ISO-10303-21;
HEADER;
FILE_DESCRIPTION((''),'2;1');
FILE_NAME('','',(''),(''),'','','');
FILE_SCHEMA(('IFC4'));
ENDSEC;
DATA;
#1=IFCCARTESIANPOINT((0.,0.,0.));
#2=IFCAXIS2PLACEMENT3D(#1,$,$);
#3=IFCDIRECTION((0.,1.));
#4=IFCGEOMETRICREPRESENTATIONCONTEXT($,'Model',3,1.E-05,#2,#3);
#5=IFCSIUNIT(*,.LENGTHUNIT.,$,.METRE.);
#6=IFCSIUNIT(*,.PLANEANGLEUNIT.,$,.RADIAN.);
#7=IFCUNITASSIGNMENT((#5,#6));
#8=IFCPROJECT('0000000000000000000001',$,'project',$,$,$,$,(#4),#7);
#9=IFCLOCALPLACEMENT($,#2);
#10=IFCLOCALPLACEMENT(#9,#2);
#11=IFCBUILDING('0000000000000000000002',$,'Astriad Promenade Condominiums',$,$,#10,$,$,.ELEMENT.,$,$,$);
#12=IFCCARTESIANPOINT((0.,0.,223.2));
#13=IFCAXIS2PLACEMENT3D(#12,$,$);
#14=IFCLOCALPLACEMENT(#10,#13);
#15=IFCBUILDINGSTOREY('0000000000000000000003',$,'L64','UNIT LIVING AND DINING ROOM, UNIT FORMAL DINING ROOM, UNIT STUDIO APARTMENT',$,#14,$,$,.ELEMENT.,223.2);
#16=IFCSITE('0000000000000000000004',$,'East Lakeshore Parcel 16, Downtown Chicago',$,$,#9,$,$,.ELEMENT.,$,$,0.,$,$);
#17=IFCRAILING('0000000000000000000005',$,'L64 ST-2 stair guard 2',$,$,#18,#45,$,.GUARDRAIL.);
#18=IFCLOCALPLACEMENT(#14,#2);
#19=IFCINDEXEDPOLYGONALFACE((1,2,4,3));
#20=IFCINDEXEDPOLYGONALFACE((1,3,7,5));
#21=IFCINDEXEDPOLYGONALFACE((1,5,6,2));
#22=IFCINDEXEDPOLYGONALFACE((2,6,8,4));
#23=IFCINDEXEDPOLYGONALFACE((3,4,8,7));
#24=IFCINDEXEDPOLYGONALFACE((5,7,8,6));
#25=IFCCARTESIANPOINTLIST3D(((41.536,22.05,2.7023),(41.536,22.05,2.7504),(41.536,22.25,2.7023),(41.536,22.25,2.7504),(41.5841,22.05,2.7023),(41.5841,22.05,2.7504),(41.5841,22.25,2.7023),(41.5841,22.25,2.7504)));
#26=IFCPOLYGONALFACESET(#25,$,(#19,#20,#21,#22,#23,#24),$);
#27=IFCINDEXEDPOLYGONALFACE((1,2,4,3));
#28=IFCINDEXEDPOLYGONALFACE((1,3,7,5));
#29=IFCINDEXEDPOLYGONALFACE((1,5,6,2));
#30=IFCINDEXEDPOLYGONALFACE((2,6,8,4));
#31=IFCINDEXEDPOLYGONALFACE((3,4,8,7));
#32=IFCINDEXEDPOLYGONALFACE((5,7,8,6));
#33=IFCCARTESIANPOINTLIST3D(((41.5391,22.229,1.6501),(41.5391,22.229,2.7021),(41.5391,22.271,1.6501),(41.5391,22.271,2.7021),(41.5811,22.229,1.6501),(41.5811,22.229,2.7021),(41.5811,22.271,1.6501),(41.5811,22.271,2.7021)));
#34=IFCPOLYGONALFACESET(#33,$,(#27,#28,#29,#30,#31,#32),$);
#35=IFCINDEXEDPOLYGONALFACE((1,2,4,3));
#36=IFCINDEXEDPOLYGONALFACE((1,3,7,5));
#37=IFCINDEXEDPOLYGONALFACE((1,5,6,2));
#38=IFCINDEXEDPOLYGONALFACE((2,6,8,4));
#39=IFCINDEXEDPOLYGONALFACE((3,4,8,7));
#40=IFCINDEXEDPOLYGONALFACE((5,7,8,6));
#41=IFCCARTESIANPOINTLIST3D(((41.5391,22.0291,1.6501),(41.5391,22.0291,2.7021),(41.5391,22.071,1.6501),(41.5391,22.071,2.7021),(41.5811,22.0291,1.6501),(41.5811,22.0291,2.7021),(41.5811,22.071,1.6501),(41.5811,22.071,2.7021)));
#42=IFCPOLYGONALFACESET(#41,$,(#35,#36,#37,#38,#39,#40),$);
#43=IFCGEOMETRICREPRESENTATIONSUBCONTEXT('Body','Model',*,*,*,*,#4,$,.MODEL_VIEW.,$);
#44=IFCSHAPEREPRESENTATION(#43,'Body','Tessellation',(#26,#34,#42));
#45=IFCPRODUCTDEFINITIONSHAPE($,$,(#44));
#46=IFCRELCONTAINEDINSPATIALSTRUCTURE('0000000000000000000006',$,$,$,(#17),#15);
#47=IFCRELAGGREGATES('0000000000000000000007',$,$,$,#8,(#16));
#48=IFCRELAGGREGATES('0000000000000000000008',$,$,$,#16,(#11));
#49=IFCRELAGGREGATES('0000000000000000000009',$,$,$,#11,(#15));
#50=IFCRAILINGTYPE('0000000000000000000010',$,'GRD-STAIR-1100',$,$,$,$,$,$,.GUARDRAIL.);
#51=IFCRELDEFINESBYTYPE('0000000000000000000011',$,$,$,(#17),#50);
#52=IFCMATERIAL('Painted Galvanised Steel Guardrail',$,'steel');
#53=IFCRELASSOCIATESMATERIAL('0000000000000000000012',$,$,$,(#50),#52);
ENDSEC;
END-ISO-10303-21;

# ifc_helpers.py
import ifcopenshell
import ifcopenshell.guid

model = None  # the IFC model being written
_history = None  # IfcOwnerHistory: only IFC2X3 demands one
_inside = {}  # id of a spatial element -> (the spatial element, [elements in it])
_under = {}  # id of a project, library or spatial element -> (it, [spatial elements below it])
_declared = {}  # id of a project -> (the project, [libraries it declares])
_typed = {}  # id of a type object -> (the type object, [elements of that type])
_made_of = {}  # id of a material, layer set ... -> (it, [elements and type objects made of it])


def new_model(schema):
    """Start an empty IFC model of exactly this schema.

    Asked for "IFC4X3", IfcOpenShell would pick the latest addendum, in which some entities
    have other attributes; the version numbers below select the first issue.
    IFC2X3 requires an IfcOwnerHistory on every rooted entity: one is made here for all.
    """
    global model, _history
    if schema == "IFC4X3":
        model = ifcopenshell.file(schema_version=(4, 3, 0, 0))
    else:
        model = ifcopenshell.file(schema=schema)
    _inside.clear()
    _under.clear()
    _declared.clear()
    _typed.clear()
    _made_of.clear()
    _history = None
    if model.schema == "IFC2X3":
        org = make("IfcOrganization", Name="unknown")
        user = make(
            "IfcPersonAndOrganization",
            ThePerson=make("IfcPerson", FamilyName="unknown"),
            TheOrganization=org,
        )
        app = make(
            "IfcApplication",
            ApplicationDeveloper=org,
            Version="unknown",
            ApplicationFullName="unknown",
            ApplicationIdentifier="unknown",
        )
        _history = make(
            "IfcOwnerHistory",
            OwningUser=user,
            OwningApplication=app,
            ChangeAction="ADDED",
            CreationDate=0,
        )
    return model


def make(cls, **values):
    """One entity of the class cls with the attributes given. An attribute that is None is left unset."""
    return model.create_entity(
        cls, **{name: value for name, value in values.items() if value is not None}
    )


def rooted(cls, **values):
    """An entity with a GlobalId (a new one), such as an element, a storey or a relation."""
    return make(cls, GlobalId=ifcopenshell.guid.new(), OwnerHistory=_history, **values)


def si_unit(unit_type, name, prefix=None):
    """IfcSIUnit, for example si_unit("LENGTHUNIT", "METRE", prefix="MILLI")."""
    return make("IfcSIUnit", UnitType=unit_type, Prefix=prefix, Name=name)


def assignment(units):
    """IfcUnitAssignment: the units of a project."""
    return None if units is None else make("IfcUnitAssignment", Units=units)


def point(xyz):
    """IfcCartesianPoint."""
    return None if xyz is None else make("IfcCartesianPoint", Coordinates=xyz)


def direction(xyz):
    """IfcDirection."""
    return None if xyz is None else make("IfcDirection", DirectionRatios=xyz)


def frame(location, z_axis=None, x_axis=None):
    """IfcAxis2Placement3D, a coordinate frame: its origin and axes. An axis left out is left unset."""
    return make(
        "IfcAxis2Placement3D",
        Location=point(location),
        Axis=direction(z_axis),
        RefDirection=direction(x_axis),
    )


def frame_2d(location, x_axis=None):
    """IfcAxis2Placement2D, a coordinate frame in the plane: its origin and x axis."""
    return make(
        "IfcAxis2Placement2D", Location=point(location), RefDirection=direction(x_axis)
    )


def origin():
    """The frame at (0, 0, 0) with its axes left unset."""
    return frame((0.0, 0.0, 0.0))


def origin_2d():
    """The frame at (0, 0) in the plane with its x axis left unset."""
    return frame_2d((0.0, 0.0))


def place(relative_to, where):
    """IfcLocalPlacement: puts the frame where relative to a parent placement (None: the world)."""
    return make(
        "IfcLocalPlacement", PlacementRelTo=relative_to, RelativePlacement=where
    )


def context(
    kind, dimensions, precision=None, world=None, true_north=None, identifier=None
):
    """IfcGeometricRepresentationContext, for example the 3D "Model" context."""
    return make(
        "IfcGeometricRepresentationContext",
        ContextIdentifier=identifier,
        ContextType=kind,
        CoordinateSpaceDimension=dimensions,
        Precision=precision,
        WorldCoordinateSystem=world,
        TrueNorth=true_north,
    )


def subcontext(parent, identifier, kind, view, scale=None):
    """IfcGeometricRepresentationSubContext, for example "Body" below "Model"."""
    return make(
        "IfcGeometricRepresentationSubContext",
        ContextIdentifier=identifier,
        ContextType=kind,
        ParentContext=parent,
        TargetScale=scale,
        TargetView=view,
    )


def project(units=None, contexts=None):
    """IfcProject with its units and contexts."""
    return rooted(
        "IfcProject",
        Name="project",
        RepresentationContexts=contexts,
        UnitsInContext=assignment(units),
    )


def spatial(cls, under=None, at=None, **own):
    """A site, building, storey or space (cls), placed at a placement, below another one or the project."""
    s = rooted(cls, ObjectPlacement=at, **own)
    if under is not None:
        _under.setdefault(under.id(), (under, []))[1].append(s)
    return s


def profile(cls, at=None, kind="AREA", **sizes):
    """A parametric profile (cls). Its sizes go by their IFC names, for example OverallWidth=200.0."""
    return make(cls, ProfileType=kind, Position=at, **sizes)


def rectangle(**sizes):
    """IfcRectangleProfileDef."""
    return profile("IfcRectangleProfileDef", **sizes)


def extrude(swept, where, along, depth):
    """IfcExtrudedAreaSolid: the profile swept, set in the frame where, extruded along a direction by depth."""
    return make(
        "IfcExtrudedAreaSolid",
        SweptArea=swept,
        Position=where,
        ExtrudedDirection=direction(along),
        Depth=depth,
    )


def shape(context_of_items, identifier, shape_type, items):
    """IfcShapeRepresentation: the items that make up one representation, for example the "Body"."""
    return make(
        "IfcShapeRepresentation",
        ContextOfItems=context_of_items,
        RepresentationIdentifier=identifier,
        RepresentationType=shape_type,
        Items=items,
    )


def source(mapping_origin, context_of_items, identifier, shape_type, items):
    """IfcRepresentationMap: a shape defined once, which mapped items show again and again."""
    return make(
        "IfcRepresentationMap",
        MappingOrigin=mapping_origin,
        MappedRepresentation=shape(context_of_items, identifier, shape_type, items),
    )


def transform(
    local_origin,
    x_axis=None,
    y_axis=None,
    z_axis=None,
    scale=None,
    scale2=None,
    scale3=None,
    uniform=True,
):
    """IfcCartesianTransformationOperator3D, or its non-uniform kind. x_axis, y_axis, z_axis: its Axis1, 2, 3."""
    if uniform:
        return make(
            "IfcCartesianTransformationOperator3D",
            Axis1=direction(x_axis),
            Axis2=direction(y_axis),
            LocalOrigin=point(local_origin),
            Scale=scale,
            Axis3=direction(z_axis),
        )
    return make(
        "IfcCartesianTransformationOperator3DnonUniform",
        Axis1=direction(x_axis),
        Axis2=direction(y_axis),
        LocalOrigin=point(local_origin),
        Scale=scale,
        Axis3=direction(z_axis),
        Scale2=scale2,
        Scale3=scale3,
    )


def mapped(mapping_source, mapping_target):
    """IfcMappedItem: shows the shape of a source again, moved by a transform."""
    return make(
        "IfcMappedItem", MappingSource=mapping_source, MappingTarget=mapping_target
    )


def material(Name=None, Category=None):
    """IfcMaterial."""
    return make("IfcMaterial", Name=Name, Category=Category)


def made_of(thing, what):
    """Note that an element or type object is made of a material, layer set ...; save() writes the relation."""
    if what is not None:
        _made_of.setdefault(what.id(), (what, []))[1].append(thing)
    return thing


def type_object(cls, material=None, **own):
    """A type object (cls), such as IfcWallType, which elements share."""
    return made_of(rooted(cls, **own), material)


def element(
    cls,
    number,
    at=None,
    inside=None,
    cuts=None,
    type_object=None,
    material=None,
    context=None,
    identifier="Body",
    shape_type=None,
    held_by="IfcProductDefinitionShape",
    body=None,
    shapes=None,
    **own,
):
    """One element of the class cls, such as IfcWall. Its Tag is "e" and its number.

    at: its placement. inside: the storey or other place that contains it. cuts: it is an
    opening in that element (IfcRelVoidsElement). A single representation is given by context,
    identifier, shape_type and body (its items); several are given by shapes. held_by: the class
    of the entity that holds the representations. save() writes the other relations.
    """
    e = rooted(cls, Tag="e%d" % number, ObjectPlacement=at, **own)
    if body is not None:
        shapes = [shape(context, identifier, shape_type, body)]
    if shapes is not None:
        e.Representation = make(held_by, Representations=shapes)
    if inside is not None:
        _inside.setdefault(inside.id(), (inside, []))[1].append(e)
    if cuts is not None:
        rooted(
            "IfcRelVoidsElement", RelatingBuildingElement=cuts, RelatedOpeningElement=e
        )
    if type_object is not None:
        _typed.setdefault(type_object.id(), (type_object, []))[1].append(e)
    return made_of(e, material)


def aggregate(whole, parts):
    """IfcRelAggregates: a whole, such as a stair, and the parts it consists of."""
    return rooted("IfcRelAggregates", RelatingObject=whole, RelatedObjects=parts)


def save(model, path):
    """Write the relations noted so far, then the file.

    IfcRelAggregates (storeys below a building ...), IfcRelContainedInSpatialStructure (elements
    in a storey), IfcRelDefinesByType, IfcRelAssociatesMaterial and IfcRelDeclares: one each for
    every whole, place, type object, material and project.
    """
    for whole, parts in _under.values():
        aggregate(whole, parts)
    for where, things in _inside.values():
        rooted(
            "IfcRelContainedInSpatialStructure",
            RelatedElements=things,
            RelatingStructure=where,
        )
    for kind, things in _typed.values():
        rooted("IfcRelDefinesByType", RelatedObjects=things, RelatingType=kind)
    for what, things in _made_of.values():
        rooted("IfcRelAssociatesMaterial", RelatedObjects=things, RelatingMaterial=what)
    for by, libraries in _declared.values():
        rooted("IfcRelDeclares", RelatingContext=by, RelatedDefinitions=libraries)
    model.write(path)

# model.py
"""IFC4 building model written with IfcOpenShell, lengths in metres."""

from ifc_helpers import new_model, si_unit, direction, frame, origin, origin_2d, place, context, subcontext, project, spatial, rectangle, extrude, source, transform, mapped, material, type_object, element, save


model = new_model("IFC4")

# Units and contexts
model_context = context("Model", 3, precision=1e-05, world=origin(), true_north=direction((0.0, 1.0)))
body_context = subcontext(model_context, "Body", "Model", "MODEL_VIEW")
ifc_project = project(units=[si_unit("LENGTHUNIT", "METRE"), si_unit("PLANEANGLEUNIT", "RADIAN")], contexts=[model_context])

# Site, building, storey
site_placement = place(None, origin())
site = spatial("IfcSite", under=ifc_project, at=site_placement, Name="East Lakeshore Parcel 16, Downtown Chicago", CompositionType="ELEMENT", RefElevation=0.0)
building_placement = place(site_placement, origin())
building = spatial("IfcBuilding", under=site, at=building_placement, Name="Astriad Promenade Condominiums", CompositionType="ELEMENT")
storey_placement = place(building_placement, frame((0.0, 0.0, 223.2)))
storey = spatial("IfcBuildingStorey", under=building, at=storey_placement, Name="L64", Description="UNIT LIVING AND DINING ROOM, UNIT FORMAL DINING ROOM, UNIT STUDIO APARTMENT", CompositionType="ELEMENT", Elevation=223.2)

# Railing
ifc_material_1 = material(Name="Painted Galvanised Steel Guardrail", Category="steel")
railing_type_1 = type_object("IfcRailingType", Name="GRD-STAIR-1100", PredefinedType="GUARDRAIL", material=ifc_material_1)
shared_shape_1 = source(origin(), body_context, "Body", "SweptSolid", [
    extrude(rectangle(XDim=0.0481, YDim=0.0481, at=origin_2d()), frame((0.0, 0.0, 1.0762), z_axis=(0.0, -1.0, 0.0), x_axis=(1.0, 0.0, 0.0)), (0.0, 0.0, 1.0), 0.2),
    extrude(rectangle(XDim=0.042, YDim=0.042, at=origin_2d()), origin(), (0.0, 0.0, 1.0), 1.052),
    extrude(rectangle(XDim=0.042, YDim=0.042, at=origin_2d()), frame((0.0, -0.2, 0.0)), (0.0, 0.0, 1.0), 1.052),
])
railing_1_placement = place(storey_placement, frame((41.5601, 22.25, 1.6501)))
element("IfcRailing", 1, at=railing_1_placement, inside=storey, type_object=railing_type_1, Name="L64 ST-2 stair guard 2", PredefinedType="GUARDRAIL", context=body_context, shape_type="MappedRepresentation", body=[
    mapped(shared_shape_1, transform((0.0, 0.0, 0.0), scale=1.0)),
])

save(model, "model.ifc")
